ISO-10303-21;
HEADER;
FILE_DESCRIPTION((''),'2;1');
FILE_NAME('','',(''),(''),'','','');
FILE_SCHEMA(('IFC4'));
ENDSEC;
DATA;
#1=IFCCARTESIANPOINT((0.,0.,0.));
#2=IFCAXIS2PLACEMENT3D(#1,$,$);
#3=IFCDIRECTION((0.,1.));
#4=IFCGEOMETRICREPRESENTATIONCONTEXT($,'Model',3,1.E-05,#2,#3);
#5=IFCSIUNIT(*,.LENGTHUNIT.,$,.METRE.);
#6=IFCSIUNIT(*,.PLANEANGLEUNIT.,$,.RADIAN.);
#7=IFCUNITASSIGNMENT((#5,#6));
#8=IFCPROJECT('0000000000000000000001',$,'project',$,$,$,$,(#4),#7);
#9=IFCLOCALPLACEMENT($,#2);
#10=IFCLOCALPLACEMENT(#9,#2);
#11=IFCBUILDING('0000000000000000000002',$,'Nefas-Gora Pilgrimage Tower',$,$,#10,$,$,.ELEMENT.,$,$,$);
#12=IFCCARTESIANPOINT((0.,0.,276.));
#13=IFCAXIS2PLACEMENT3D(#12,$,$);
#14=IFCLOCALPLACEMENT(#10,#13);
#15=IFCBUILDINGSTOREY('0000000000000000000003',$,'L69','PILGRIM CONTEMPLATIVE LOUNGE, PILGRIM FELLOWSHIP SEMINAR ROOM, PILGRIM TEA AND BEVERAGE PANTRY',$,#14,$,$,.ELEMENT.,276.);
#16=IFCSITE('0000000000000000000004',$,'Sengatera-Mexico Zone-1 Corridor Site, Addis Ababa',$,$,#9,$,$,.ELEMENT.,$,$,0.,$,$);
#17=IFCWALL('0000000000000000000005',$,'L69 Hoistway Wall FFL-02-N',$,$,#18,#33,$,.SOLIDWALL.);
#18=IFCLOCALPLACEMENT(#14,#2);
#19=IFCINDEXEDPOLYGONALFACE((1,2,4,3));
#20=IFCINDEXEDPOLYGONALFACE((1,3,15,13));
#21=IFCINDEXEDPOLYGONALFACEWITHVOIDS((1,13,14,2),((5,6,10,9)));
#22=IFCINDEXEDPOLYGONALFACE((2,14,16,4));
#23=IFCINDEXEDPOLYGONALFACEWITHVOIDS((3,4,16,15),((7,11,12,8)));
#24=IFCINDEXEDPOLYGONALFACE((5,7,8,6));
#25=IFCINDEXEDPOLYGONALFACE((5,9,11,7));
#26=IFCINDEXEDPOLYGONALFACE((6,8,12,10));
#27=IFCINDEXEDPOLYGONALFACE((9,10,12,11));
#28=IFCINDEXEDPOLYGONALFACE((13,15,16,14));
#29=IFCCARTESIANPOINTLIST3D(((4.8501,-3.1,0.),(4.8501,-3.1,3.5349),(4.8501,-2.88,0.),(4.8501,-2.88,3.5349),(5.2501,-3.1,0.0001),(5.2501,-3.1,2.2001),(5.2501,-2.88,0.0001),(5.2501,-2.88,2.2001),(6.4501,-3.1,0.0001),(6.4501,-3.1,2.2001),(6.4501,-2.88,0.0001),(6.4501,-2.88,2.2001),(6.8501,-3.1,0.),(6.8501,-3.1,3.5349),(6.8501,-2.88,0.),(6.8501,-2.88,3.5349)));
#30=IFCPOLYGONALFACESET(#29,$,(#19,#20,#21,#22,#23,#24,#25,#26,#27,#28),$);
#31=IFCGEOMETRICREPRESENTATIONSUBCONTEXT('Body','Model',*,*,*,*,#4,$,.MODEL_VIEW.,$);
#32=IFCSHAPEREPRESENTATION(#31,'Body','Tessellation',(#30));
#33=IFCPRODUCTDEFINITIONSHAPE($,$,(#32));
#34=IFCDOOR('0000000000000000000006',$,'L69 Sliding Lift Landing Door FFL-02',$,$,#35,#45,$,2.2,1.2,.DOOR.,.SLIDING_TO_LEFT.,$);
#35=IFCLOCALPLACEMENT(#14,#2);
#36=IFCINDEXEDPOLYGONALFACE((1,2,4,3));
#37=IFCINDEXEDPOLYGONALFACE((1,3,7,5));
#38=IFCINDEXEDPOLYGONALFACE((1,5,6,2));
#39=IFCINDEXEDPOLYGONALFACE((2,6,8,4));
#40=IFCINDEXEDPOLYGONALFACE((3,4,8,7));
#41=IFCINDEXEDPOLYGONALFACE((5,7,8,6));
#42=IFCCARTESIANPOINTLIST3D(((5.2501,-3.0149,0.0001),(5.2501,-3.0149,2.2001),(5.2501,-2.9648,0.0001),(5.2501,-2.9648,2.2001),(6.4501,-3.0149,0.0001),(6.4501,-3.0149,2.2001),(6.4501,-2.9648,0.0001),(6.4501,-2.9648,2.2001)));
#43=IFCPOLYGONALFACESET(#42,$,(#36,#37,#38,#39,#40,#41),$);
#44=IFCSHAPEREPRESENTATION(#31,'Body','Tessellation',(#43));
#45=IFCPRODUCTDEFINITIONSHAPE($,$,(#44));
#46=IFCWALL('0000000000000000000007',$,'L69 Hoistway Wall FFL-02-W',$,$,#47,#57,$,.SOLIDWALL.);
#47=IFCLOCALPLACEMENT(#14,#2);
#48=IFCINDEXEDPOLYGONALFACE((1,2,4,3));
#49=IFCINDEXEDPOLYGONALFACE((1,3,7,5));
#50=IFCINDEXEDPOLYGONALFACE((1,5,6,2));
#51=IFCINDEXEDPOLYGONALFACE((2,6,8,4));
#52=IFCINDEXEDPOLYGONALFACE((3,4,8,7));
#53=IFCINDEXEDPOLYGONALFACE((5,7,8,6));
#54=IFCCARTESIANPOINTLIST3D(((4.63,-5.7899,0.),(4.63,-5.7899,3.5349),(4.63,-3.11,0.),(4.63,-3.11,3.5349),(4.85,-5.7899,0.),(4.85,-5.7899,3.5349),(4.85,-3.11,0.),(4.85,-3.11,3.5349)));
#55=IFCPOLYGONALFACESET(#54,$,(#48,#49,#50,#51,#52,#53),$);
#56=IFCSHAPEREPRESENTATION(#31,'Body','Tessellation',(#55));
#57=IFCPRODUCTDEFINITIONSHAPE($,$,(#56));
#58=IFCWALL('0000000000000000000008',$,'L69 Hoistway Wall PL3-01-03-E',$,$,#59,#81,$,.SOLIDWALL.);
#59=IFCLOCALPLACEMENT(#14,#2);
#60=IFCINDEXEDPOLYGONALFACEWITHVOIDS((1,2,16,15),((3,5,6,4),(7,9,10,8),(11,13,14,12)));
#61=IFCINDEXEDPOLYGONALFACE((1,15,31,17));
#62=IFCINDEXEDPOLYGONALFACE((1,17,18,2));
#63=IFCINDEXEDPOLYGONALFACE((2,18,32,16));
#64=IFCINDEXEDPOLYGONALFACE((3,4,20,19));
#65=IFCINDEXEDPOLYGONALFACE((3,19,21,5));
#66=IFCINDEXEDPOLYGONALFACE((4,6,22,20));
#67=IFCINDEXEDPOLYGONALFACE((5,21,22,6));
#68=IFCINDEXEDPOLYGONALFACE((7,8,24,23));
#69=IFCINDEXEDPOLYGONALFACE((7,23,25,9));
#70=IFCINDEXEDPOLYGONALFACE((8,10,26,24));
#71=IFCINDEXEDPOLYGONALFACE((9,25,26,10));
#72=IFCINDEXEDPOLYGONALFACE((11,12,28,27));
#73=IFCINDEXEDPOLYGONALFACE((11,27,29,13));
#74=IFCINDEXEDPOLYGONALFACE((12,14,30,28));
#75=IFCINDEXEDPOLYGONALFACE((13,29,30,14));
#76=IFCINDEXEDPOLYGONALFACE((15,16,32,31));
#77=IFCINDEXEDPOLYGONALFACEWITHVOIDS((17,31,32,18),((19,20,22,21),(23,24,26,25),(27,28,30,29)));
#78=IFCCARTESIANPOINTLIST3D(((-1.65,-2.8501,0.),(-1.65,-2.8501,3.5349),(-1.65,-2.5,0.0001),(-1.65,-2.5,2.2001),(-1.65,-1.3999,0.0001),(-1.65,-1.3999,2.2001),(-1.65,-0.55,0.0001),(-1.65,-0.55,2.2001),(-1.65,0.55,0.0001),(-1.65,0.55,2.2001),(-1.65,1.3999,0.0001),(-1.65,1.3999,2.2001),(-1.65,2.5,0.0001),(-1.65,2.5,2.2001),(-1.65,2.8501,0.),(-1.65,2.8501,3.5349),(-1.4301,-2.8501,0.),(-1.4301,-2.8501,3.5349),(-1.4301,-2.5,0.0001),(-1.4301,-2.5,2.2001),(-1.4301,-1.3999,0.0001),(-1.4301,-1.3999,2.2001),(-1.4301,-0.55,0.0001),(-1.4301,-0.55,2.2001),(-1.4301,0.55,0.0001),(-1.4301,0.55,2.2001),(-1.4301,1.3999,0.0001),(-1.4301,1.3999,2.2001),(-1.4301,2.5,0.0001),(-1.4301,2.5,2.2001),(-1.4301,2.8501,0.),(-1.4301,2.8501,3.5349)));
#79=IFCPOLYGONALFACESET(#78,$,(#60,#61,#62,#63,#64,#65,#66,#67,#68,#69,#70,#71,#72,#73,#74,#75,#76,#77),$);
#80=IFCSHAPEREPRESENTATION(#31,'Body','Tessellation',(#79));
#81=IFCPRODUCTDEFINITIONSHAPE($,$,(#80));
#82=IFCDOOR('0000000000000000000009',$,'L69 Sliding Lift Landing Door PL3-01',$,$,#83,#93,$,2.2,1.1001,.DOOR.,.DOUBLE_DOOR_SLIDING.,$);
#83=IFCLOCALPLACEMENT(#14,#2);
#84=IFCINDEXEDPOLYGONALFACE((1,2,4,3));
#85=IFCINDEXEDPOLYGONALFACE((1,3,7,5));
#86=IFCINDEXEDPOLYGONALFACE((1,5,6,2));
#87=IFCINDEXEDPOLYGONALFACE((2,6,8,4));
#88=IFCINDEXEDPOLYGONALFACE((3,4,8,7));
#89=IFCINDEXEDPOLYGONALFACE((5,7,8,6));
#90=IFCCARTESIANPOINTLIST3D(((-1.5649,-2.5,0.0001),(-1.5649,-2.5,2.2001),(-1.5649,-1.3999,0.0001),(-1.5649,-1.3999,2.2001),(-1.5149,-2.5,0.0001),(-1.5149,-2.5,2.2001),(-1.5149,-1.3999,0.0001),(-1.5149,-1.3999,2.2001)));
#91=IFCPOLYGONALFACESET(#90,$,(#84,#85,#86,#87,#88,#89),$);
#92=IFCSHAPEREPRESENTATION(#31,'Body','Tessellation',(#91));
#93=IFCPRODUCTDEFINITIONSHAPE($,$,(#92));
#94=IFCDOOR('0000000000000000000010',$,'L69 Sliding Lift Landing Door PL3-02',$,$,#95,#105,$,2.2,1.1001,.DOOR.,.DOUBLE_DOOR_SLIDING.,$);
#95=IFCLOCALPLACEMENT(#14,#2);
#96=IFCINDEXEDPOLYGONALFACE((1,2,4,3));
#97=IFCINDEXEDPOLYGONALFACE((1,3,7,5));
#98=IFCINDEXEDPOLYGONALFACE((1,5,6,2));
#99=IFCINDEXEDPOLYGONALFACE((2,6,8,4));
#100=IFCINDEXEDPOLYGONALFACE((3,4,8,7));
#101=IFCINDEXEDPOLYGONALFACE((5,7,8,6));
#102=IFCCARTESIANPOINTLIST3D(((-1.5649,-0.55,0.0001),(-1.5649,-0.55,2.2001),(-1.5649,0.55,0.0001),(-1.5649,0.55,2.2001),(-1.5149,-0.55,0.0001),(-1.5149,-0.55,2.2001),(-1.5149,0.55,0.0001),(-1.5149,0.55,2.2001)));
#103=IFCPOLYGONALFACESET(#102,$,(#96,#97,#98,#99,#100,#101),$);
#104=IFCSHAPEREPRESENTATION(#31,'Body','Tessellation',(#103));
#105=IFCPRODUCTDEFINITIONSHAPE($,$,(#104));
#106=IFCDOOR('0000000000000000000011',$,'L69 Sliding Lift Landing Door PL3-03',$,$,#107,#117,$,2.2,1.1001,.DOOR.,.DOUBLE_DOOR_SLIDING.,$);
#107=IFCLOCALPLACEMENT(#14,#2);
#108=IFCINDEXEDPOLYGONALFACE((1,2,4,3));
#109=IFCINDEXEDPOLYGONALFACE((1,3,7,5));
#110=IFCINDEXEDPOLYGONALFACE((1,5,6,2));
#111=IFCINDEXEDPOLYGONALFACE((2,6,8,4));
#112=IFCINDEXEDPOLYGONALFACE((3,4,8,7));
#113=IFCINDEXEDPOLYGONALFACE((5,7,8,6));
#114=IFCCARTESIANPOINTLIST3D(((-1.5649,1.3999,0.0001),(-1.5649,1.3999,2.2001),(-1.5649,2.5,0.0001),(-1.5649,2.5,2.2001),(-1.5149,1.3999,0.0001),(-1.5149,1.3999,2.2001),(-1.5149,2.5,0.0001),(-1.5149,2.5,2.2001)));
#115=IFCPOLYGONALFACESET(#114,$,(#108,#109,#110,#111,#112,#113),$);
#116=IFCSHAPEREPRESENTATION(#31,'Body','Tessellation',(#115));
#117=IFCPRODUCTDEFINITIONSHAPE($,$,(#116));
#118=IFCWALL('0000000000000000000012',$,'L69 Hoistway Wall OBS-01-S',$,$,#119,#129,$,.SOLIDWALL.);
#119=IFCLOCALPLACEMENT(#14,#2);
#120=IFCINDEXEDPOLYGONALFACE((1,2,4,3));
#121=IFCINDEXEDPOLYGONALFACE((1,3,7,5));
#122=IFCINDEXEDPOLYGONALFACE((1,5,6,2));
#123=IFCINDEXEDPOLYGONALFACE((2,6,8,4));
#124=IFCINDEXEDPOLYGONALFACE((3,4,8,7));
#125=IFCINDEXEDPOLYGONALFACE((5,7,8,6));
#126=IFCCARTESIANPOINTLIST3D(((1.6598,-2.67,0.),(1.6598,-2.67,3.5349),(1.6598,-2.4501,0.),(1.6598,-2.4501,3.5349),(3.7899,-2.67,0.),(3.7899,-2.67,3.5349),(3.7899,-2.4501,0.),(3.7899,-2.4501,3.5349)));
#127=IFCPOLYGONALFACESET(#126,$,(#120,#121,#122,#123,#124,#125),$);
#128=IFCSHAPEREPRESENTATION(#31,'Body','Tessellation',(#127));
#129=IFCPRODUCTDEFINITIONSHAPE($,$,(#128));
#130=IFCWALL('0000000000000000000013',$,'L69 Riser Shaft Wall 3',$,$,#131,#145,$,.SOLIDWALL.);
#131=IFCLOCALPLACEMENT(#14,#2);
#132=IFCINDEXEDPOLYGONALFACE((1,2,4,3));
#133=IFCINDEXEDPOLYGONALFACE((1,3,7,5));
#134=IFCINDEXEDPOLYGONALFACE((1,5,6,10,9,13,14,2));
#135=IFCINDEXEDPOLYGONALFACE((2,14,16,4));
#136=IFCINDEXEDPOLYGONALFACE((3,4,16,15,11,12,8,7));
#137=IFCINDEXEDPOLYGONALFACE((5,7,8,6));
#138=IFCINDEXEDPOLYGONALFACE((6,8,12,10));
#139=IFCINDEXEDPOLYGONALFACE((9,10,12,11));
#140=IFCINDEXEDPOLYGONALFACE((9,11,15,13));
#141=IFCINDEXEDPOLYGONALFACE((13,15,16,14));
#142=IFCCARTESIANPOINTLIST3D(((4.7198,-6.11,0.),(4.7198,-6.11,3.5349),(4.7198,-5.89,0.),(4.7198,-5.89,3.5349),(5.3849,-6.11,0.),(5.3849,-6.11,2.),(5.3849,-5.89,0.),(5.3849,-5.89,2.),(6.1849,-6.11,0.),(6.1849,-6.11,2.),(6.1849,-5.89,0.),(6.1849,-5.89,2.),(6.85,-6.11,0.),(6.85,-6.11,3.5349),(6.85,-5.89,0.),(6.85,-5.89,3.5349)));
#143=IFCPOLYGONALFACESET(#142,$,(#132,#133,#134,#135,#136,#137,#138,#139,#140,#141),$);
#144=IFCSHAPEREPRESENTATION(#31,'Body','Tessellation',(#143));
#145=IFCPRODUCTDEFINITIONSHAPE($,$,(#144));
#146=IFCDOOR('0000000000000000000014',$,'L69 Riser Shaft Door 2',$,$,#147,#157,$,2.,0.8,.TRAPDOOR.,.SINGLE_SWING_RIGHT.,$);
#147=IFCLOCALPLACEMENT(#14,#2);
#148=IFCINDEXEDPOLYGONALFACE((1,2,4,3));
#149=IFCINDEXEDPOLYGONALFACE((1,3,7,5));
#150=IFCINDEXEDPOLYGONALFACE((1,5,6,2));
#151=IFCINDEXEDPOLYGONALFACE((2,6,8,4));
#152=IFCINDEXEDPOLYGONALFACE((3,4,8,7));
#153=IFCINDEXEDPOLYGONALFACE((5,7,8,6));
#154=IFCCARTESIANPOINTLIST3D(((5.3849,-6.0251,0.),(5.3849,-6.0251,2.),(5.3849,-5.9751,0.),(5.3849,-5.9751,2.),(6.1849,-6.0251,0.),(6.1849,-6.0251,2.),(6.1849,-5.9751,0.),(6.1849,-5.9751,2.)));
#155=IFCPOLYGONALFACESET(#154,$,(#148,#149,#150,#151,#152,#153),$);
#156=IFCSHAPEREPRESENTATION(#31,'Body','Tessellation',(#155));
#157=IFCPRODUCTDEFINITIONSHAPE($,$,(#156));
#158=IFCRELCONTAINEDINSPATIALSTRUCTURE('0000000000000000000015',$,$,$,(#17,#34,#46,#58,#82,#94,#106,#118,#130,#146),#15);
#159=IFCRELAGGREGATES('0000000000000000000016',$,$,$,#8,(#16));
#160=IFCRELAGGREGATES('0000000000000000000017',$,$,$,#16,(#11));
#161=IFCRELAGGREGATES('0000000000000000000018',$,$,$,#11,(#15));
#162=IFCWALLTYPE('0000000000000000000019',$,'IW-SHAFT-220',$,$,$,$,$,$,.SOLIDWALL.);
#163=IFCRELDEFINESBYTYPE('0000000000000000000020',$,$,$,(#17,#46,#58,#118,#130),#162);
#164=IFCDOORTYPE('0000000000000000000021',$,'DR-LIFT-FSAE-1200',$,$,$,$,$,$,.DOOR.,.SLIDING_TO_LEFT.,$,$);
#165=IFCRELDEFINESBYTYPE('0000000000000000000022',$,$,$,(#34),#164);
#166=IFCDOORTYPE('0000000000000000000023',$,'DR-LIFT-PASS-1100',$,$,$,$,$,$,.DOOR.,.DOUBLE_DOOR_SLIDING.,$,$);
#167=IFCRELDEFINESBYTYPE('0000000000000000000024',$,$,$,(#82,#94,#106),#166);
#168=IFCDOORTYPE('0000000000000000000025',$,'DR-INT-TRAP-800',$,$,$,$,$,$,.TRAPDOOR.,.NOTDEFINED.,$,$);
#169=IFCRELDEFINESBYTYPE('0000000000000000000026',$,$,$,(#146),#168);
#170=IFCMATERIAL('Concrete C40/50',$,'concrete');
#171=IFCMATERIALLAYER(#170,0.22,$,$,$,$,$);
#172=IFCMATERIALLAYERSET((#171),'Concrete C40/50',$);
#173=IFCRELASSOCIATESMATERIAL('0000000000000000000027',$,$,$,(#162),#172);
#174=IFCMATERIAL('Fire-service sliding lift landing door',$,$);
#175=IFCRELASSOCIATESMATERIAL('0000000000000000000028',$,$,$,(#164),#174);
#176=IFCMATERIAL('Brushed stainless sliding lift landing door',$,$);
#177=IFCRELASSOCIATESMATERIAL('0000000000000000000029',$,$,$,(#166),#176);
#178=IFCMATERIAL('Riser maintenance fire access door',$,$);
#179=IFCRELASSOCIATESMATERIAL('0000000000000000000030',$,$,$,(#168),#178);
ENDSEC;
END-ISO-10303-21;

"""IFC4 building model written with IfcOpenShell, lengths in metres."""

from ifc_helpers import new_model, si_unit, direction, frame, frame_2d, origin, place, context, subcontext, project, spatial, rectangle, extrude, source, transform, mapped, material, layer, layer_set, type_object, element, fill, save


model = new_model("IFC4")

# Units and contexts
model_context = context("Model", 3, precision=1e-05, world=origin(), true_north=direction((0.0, 1.0)))
body_context = subcontext(model_context, "Body", "Model", "MODEL_VIEW")
ifc_project = project(units=[si_unit("LENGTHUNIT", "METRE"), si_unit("PLANEANGLEUNIT", "RADIAN")], contexts=[model_context])

# Site, building, storey
site_placement = place(None, origin())
site = spatial("IfcSite", under=ifc_project, at=site_placement, Name="Sengatera-Mexico Zone-1 Corridor Site, Addis Ababa", CompositionType="ELEMENT", RefElevation=0.0)
building_placement = place(site_placement, origin())
building = spatial("IfcBuilding", under=site, at=building_placement, Name="Nefas-Gora Pilgrimage Tower", CompositionType="ELEMENT")
storey_placement = place(building_placement, frame((0.0, 0.0, 276.0)))
storey = spatial("IfcBuildingStorey", under=building, at=storey_placement, Name="L69", Description="PILGRIM CONTEMPLATIVE LOUNGE, PILGRIM FELLOWSHIP SEMINAR ROOM, PILGRIM TEA AND BEVERAGE PANTRY", CompositionType="ELEMENT", Elevation=276.0)

# Shared definitions
ifc_material_1 = material(Name="Concrete C40/50", Category="concrete")

# Wall, opening, door
ifc_layer_1 = layer(ifc_material_1, 0.22)
ifc_layer_set_1 = layer_set([ifc_layer_1], Name="Concrete C40/50")
wall_type_1 = type_object("IfcWallType", Name="IW-SHAFT-220", PredefinedType="SOLIDWALL", material=ifc_layer_set_1)
shared_shape_1 = source(origin(), body_context, "Body", "SweptSolid", [
    extrude(rectangle(XDim=2.0, YDim=0.22, at=frame_2d((1.0, 0.0))), origin(), (0.0, 0.0, 1.0), 3.5349),
])
wall_1_placement = place(storey_placement, frame((6.8501, -2.99, 0.0), z_axis=(0.0, 0.0, 1.0), x_axis=(-1.0, 0.0, 0.0)))
wall_1 = element("IfcWall", 1, at=wall_1_placement, inside=storey, type_object=wall_type_1, Name="L69 Hoistway Wall FFL-02-N", PredefinedType="SOLIDWALL", context=body_context, shape_type="MappedRepresentation", body=[
    mapped(shared_shape_1, transform((0.0, 0.0, 0.0), x_axis=(1.0, 0.0, 0.0), y_axis=(0.0, 1.0, 0.0), z_axis=(0.0, 0.0, 1.0), scale=1.0)),
])
opening_1_placement = place(wall_1_placement, frame((0.3999, 0.0, 0.0)))
opening_1 = element("IfcOpeningElement", 2, at=opening_1_placement, cuts=wall_1, PredefinedType="OPENING", context=body_context, shape_type="SweptSolid", body=[
    extrude(rectangle(XDim=1.2, YDim=2.2, at=frame_2d((0.6001, 1.1001))), frame((0.0, 0.1199, 0.0), z_axis=(0.0, -1.0, 0.0), x_axis=(1.0, 0.0, 0.0)), (0.0, 0.0, 1.0), 0.24),
])
ifc_material_2 = material(Name="Fire-service sliding lift landing door")
door_type_1 = type_object("IfcDoorType", Name="DR-LIFT-FSAE-1200", OperationType="SLIDING_TO_LEFT", PredefinedType="DOOR", material=ifc_material_2)
shared_shape_2 = source(origin(), body_context, "Body", "SweptSolid", [
    extrude(rectangle(XDim=1.2, YDim=2.2, at=frame_2d((0.6001, 1.1001))), frame((0.0, 0.0249, 0.0), z_axis=(0.0, -1.0, 0.0), x_axis=(1.0, 0.0, 0.0)), (0.0, 0.0, 1.0), 0.05),
])
door_1_placement = place(opening_1_placement, origin())
door_1 = element("IfcDoor", 3, at=door_1_placement, inside=storey, type_object=door_type_1, Name="L69 Sliding Lift Landing Door FFL-02", OperationType="SLIDING_TO_LEFT", OverallHeight=2.2, OverallWidth=1.2, PredefinedType="DOOR", context=body_context, shape_type="MappedRepresentation", body=[
    mapped(shared_shape_2, transform((0.0, 0.0, 0.0), x_axis=(1.0, 0.0, 0.0), y_axis=(0.0, 1.0, 0.0), z_axis=(0.0, 0.0, 1.0), scale=1.0)),
])
fill(opening_1, door_1)

# Wall
shared_shape_3 = source(origin(), body_context, "Body", "SweptSolid", [
    extrude(rectangle(XDim=2.6799, YDim=0.22, at=frame_2d((1.3398, 0.0))), origin(), (0.0, 0.0, 1.0), 3.5349),
])
wall_2_placement = place(storey_placement, frame((4.74, -3.1101, 0.0), z_axis=(0.0, 0.0, 1.0), x_axis=(0.0, -1.0, 0.0)))
element("IfcWall", 4, at=wall_2_placement, inside=storey, type_object=wall_type_1, Name="L69 Hoistway Wall FFL-02-W", PredefinedType="SOLIDWALL", context=body_context, shape_type="MappedRepresentation", body=[
    mapped(shared_shape_3, transform((0.0, 0.0, 0.0), x_axis=(1.0, 0.0, 0.0), y_axis=(0.0, 1.0, 0.0), z_axis=(0.0, 0.0, 1.0), scale=1.0)),
])

# Wall, openings, doors
shared_shape_4 = source(origin(), body_context, "Body", "SweptSolid", [
    extrude(rectangle(XDim=5.7002, YDim=0.22, at=frame_2d((2.8501, 0.0))), origin(), (0.0, 0.0, 1.0), 3.5349),
])
wall_3_placement = place(storey_placement, frame((-1.54, -2.8501, 0.0), z_axis=(0.0, 0.0, 1.0), x_axis=(0.0, 1.0, 0.0)))
wall_3 = element("IfcWall", 5, at=wall_3_placement, inside=storey, type_object=wall_type_1, Name="L69 Hoistway Wall PL3-01-03-E", PredefinedType="SOLIDWALL", context=body_context, shape_type="MappedRepresentation", body=[
    mapped(shared_shape_4, transform((0.0, 0.0, 0.0), x_axis=(1.0, 0.0, 0.0), y_axis=(0.0, 1.0, 0.0), z_axis=(0.0, 0.0, 1.0), scale=1.0)),
])
opening_2_placement = place(wall_3_placement, frame((0.3501, 0.0, 0.0)))
opening_2 = element("IfcOpeningElement", 6, at=opening_2_placement, cuts=wall_3, PredefinedType="OPENING", context=body_context, shape_type="SweptSolid", body=[
    extrude(rectangle(XDim=1.1001, YDim=2.2, at=frame_2d((0.55, 1.1001))), frame((0.0, 0.1199, 0.0), z_axis=(0.0, -1.0, 0.0), x_axis=(1.0, 0.0, 0.0)), (0.0, 0.0, 1.0), 0.24),
])
opening_3_placement = place(wall_3_placement, frame((2.3, 0.0, 0.0)))
opening_3 = element("IfcOpeningElement", 7, at=opening_3_placement, cuts=wall_3, PredefinedType="OPENING", context=body_context, shape_type="SweptSolid", body=[
    extrude(rectangle(XDim=1.1001, YDim=2.2, at=frame_2d((0.55, 1.1001))), frame((0.0, 0.1199, 0.0), z_axis=(0.0, -1.0, 0.0), x_axis=(1.0, 0.0, 0.0)), (0.0, 0.0, 1.0), 0.24),
])
opening_4_placement = place(wall_3_placement, frame((4.25, 0.0, 0.0)))
opening_4 = element("IfcOpeningElement", 8, at=opening_4_placement, cuts=wall_3, PredefinedType="OPENING", context=body_context, shape_type="SweptSolid", body=[
    extrude(rectangle(XDim=1.1001, YDim=2.2, at=frame_2d((0.55, 1.1001))), frame((0.0, 0.1199, 0.0), z_axis=(0.0, -1.0, 0.0), x_axis=(1.0, 0.0, 0.0)), (0.0, 0.0, 1.0), 0.24),
])
ifc_material_3 = material(Name="Brushed stainless sliding lift landing door")
door_type_2 = type_object("IfcDoorType", Name="DR-LIFT-PASS-1100", OperationType="DOUBLE_DOOR_SLIDING", PredefinedType="DOOR", material=ifc_material_3)
shared_shape_5 = source(origin(), body_context, "Body", "SweptSolid", [
    extrude(rectangle(XDim=1.1001, YDim=2.2, at=frame_2d((0.55, 1.1001))), frame((0.0, 0.0249, 0.0), z_axis=(0.0, -1.0, 0.0), x_axis=(1.0, 0.0, 0.0)), (0.0, 0.0, 1.0), 0.05),
])
door_2_placement = place(opening_2_placement, origin())
door_2 = element("IfcDoor", 9, at=door_2_placement, inside=storey, type_object=door_type_2, Name="L69 Sliding Lift Landing Door PL3-01", OperationType="DOUBLE_DOOR_SLIDING", OverallHeight=2.2, OverallWidth=1.1001, PredefinedType="DOOR", context=body_context, shape_type="MappedRepresentation", body=[
    mapped(shared_shape_5, transform((0.0, 0.0, 0.0), x_axis=(1.0, 0.0, 0.0), y_axis=(0.0, 1.0, 0.0), z_axis=(0.0, 0.0, 1.0), scale=1.0)),
])
fill(opening_2, door_2)
door_3_placement = place(opening_3_placement, origin())
door_3 = element("IfcDoor", 10, at=door_3_placement, inside=storey, type_object=door_type_2, Name="L69 Sliding Lift Landing Door PL3-02", OperationType="DOUBLE_DOOR_SLIDING", OverallHeight=2.2, OverallWidth=1.1001, PredefinedType="DOOR", context=body_context, shape_type="MappedRepresentation", body=[
    mapped(shared_shape_5, transform((0.0, 0.0, 0.0), x_axis=(1.0, 0.0, 0.0), y_axis=(0.0, 1.0, 0.0), z_axis=(0.0, 0.0, 1.0), scale=1.0)),
])
fill(opening_3, door_3)
door_4_placement = place(opening_4_placement, origin())
door_4 = element("IfcDoor", 11, at=door_4_placement, inside=storey, type_object=door_type_2, Name="L69 Sliding Lift Landing Door PL3-03", OperationType="DOUBLE_DOOR_SLIDING", OverallHeight=2.2, OverallWidth=1.1001, PredefinedType="DOOR", context=body_context, shape_type="MappedRepresentation", body=[
    mapped(shared_shape_5, transform((0.0, 0.0, 0.0), x_axis=(1.0, 0.0, 0.0), y_axis=(0.0, 1.0, 0.0), z_axis=(0.0, 0.0, 1.0), scale=1.0)),
])
fill(opening_4, door_4)

# Wall
shared_shape_6 = source(origin(), body_context, "Body", "SweptSolid", [
    extrude(rectangle(XDim=2.1301, YDim=0.22, at=frame_2d((1.0649, 0.0))), origin(), (0.0, 0.0, 1.0), 3.5349),
])
wall_4_placement = place(storey_placement, frame((1.6599, -2.5601, 0.0), z_axis=(0.0, 0.0, 1.0), x_axis=(1.0, 0.0, 0.0)))
element("IfcWall", 12, at=wall_4_placement, inside=storey, type_object=wall_type_1, Name="L69 Hoistway Wall OBS-01-S", PredefinedType="SOLIDWALL", context=body_context, shape_type="MappedRepresentation", body=[
    mapped(shared_shape_6, transform((0.0, 0.0, 0.0), x_axis=(1.0, 0.0, 0.0), y_axis=(0.0, 1.0, 0.0), z_axis=(0.0, 0.0, 1.0), scale=1.0)),
])

# Wall, opening, door
wall_5_placement = place(storey_placement, frame((4.72, -6.0, 0.0), z_axis=(0.0, 0.0, 1.0), x_axis=(1.0, 0.0, 0.0)))
wall_5 = element("IfcWall", 13, at=wall_5_placement, inside=storey, type_object=wall_type_1, Name="L69 Riser Shaft Wall 3", PredefinedType="SOLIDWALL", context=body_context, shape_type="MappedRepresentation", body=[
    mapped(shared_shape_6, transform((0.0, 0.0, 0.0), x_axis=(1.0, 0.0, 0.0), y_axis=(0.0, 1.0, 0.0), z_axis=(0.0, 0.0, 1.0), scale=1.0)),
])
opening_5_placement = place(wall_5_placement, frame((0.665, 0.0, 0.0)))
opening_5 = element("IfcOpeningElement", 14, at=opening_5_placement, cuts=wall_5, PredefinedType="OPENING", context=body_context, shape_type="SweptSolid", body=[
    extrude(rectangle(XDim=0.8, YDim=2.0, at=frame_2d((0.3999, 1.0))), frame((0.0, 0.1199, 0.0), z_axis=(0.0, -1.0, 0.0), x_axis=(1.0, 0.0, 0.0)), (0.0, 0.0, 1.0), 0.24),
])
ifc_material_4 = material(Name="Riser maintenance fire access door")
door_type_3 = type_object("IfcDoorType", Name="DR-INT-TRAP-800", OperationType="NOTDEFINED", PredefinedType="TRAPDOOR", material=ifc_material_4)
shared_shape_7 = source(origin(), body_context, "Body", "SweptSolid", [
    extrude(rectangle(XDim=0.8, YDim=2.0, at=frame_2d((0.3999, 1.0))), frame((0.0, 0.0249, 0.0), z_axis=(0.0, -1.0, 0.0), x_axis=(1.0, 0.0, 0.0)), (0.0, 0.0, 1.0), 0.05),
])
door_5_placement = place(opening_5_placement, origin())
door_5 = element("IfcDoor", 15, at=door_5_placement, inside=storey, type_object=door_type_3, Name="L69 Riser Shaft Door 2", OperationType="SINGLE_SWING_RIGHT", OverallHeight=2.0, OverallWidth=0.8, PredefinedType="TRAPDOOR", context=body_context, shape_type="MappedRepresentation", body=[
    mapped(shared_shape_7, transform((0.0, 0.0, 0.0), x_axis=(1.0, 0.0, 0.0), y_axis=(0.0, 1.0, 0.0), z_axis=(0.0, 0.0, 1.0), scale=1.0)),
])
fill(opening_5, door_5)

save(model, "model.ifc")
